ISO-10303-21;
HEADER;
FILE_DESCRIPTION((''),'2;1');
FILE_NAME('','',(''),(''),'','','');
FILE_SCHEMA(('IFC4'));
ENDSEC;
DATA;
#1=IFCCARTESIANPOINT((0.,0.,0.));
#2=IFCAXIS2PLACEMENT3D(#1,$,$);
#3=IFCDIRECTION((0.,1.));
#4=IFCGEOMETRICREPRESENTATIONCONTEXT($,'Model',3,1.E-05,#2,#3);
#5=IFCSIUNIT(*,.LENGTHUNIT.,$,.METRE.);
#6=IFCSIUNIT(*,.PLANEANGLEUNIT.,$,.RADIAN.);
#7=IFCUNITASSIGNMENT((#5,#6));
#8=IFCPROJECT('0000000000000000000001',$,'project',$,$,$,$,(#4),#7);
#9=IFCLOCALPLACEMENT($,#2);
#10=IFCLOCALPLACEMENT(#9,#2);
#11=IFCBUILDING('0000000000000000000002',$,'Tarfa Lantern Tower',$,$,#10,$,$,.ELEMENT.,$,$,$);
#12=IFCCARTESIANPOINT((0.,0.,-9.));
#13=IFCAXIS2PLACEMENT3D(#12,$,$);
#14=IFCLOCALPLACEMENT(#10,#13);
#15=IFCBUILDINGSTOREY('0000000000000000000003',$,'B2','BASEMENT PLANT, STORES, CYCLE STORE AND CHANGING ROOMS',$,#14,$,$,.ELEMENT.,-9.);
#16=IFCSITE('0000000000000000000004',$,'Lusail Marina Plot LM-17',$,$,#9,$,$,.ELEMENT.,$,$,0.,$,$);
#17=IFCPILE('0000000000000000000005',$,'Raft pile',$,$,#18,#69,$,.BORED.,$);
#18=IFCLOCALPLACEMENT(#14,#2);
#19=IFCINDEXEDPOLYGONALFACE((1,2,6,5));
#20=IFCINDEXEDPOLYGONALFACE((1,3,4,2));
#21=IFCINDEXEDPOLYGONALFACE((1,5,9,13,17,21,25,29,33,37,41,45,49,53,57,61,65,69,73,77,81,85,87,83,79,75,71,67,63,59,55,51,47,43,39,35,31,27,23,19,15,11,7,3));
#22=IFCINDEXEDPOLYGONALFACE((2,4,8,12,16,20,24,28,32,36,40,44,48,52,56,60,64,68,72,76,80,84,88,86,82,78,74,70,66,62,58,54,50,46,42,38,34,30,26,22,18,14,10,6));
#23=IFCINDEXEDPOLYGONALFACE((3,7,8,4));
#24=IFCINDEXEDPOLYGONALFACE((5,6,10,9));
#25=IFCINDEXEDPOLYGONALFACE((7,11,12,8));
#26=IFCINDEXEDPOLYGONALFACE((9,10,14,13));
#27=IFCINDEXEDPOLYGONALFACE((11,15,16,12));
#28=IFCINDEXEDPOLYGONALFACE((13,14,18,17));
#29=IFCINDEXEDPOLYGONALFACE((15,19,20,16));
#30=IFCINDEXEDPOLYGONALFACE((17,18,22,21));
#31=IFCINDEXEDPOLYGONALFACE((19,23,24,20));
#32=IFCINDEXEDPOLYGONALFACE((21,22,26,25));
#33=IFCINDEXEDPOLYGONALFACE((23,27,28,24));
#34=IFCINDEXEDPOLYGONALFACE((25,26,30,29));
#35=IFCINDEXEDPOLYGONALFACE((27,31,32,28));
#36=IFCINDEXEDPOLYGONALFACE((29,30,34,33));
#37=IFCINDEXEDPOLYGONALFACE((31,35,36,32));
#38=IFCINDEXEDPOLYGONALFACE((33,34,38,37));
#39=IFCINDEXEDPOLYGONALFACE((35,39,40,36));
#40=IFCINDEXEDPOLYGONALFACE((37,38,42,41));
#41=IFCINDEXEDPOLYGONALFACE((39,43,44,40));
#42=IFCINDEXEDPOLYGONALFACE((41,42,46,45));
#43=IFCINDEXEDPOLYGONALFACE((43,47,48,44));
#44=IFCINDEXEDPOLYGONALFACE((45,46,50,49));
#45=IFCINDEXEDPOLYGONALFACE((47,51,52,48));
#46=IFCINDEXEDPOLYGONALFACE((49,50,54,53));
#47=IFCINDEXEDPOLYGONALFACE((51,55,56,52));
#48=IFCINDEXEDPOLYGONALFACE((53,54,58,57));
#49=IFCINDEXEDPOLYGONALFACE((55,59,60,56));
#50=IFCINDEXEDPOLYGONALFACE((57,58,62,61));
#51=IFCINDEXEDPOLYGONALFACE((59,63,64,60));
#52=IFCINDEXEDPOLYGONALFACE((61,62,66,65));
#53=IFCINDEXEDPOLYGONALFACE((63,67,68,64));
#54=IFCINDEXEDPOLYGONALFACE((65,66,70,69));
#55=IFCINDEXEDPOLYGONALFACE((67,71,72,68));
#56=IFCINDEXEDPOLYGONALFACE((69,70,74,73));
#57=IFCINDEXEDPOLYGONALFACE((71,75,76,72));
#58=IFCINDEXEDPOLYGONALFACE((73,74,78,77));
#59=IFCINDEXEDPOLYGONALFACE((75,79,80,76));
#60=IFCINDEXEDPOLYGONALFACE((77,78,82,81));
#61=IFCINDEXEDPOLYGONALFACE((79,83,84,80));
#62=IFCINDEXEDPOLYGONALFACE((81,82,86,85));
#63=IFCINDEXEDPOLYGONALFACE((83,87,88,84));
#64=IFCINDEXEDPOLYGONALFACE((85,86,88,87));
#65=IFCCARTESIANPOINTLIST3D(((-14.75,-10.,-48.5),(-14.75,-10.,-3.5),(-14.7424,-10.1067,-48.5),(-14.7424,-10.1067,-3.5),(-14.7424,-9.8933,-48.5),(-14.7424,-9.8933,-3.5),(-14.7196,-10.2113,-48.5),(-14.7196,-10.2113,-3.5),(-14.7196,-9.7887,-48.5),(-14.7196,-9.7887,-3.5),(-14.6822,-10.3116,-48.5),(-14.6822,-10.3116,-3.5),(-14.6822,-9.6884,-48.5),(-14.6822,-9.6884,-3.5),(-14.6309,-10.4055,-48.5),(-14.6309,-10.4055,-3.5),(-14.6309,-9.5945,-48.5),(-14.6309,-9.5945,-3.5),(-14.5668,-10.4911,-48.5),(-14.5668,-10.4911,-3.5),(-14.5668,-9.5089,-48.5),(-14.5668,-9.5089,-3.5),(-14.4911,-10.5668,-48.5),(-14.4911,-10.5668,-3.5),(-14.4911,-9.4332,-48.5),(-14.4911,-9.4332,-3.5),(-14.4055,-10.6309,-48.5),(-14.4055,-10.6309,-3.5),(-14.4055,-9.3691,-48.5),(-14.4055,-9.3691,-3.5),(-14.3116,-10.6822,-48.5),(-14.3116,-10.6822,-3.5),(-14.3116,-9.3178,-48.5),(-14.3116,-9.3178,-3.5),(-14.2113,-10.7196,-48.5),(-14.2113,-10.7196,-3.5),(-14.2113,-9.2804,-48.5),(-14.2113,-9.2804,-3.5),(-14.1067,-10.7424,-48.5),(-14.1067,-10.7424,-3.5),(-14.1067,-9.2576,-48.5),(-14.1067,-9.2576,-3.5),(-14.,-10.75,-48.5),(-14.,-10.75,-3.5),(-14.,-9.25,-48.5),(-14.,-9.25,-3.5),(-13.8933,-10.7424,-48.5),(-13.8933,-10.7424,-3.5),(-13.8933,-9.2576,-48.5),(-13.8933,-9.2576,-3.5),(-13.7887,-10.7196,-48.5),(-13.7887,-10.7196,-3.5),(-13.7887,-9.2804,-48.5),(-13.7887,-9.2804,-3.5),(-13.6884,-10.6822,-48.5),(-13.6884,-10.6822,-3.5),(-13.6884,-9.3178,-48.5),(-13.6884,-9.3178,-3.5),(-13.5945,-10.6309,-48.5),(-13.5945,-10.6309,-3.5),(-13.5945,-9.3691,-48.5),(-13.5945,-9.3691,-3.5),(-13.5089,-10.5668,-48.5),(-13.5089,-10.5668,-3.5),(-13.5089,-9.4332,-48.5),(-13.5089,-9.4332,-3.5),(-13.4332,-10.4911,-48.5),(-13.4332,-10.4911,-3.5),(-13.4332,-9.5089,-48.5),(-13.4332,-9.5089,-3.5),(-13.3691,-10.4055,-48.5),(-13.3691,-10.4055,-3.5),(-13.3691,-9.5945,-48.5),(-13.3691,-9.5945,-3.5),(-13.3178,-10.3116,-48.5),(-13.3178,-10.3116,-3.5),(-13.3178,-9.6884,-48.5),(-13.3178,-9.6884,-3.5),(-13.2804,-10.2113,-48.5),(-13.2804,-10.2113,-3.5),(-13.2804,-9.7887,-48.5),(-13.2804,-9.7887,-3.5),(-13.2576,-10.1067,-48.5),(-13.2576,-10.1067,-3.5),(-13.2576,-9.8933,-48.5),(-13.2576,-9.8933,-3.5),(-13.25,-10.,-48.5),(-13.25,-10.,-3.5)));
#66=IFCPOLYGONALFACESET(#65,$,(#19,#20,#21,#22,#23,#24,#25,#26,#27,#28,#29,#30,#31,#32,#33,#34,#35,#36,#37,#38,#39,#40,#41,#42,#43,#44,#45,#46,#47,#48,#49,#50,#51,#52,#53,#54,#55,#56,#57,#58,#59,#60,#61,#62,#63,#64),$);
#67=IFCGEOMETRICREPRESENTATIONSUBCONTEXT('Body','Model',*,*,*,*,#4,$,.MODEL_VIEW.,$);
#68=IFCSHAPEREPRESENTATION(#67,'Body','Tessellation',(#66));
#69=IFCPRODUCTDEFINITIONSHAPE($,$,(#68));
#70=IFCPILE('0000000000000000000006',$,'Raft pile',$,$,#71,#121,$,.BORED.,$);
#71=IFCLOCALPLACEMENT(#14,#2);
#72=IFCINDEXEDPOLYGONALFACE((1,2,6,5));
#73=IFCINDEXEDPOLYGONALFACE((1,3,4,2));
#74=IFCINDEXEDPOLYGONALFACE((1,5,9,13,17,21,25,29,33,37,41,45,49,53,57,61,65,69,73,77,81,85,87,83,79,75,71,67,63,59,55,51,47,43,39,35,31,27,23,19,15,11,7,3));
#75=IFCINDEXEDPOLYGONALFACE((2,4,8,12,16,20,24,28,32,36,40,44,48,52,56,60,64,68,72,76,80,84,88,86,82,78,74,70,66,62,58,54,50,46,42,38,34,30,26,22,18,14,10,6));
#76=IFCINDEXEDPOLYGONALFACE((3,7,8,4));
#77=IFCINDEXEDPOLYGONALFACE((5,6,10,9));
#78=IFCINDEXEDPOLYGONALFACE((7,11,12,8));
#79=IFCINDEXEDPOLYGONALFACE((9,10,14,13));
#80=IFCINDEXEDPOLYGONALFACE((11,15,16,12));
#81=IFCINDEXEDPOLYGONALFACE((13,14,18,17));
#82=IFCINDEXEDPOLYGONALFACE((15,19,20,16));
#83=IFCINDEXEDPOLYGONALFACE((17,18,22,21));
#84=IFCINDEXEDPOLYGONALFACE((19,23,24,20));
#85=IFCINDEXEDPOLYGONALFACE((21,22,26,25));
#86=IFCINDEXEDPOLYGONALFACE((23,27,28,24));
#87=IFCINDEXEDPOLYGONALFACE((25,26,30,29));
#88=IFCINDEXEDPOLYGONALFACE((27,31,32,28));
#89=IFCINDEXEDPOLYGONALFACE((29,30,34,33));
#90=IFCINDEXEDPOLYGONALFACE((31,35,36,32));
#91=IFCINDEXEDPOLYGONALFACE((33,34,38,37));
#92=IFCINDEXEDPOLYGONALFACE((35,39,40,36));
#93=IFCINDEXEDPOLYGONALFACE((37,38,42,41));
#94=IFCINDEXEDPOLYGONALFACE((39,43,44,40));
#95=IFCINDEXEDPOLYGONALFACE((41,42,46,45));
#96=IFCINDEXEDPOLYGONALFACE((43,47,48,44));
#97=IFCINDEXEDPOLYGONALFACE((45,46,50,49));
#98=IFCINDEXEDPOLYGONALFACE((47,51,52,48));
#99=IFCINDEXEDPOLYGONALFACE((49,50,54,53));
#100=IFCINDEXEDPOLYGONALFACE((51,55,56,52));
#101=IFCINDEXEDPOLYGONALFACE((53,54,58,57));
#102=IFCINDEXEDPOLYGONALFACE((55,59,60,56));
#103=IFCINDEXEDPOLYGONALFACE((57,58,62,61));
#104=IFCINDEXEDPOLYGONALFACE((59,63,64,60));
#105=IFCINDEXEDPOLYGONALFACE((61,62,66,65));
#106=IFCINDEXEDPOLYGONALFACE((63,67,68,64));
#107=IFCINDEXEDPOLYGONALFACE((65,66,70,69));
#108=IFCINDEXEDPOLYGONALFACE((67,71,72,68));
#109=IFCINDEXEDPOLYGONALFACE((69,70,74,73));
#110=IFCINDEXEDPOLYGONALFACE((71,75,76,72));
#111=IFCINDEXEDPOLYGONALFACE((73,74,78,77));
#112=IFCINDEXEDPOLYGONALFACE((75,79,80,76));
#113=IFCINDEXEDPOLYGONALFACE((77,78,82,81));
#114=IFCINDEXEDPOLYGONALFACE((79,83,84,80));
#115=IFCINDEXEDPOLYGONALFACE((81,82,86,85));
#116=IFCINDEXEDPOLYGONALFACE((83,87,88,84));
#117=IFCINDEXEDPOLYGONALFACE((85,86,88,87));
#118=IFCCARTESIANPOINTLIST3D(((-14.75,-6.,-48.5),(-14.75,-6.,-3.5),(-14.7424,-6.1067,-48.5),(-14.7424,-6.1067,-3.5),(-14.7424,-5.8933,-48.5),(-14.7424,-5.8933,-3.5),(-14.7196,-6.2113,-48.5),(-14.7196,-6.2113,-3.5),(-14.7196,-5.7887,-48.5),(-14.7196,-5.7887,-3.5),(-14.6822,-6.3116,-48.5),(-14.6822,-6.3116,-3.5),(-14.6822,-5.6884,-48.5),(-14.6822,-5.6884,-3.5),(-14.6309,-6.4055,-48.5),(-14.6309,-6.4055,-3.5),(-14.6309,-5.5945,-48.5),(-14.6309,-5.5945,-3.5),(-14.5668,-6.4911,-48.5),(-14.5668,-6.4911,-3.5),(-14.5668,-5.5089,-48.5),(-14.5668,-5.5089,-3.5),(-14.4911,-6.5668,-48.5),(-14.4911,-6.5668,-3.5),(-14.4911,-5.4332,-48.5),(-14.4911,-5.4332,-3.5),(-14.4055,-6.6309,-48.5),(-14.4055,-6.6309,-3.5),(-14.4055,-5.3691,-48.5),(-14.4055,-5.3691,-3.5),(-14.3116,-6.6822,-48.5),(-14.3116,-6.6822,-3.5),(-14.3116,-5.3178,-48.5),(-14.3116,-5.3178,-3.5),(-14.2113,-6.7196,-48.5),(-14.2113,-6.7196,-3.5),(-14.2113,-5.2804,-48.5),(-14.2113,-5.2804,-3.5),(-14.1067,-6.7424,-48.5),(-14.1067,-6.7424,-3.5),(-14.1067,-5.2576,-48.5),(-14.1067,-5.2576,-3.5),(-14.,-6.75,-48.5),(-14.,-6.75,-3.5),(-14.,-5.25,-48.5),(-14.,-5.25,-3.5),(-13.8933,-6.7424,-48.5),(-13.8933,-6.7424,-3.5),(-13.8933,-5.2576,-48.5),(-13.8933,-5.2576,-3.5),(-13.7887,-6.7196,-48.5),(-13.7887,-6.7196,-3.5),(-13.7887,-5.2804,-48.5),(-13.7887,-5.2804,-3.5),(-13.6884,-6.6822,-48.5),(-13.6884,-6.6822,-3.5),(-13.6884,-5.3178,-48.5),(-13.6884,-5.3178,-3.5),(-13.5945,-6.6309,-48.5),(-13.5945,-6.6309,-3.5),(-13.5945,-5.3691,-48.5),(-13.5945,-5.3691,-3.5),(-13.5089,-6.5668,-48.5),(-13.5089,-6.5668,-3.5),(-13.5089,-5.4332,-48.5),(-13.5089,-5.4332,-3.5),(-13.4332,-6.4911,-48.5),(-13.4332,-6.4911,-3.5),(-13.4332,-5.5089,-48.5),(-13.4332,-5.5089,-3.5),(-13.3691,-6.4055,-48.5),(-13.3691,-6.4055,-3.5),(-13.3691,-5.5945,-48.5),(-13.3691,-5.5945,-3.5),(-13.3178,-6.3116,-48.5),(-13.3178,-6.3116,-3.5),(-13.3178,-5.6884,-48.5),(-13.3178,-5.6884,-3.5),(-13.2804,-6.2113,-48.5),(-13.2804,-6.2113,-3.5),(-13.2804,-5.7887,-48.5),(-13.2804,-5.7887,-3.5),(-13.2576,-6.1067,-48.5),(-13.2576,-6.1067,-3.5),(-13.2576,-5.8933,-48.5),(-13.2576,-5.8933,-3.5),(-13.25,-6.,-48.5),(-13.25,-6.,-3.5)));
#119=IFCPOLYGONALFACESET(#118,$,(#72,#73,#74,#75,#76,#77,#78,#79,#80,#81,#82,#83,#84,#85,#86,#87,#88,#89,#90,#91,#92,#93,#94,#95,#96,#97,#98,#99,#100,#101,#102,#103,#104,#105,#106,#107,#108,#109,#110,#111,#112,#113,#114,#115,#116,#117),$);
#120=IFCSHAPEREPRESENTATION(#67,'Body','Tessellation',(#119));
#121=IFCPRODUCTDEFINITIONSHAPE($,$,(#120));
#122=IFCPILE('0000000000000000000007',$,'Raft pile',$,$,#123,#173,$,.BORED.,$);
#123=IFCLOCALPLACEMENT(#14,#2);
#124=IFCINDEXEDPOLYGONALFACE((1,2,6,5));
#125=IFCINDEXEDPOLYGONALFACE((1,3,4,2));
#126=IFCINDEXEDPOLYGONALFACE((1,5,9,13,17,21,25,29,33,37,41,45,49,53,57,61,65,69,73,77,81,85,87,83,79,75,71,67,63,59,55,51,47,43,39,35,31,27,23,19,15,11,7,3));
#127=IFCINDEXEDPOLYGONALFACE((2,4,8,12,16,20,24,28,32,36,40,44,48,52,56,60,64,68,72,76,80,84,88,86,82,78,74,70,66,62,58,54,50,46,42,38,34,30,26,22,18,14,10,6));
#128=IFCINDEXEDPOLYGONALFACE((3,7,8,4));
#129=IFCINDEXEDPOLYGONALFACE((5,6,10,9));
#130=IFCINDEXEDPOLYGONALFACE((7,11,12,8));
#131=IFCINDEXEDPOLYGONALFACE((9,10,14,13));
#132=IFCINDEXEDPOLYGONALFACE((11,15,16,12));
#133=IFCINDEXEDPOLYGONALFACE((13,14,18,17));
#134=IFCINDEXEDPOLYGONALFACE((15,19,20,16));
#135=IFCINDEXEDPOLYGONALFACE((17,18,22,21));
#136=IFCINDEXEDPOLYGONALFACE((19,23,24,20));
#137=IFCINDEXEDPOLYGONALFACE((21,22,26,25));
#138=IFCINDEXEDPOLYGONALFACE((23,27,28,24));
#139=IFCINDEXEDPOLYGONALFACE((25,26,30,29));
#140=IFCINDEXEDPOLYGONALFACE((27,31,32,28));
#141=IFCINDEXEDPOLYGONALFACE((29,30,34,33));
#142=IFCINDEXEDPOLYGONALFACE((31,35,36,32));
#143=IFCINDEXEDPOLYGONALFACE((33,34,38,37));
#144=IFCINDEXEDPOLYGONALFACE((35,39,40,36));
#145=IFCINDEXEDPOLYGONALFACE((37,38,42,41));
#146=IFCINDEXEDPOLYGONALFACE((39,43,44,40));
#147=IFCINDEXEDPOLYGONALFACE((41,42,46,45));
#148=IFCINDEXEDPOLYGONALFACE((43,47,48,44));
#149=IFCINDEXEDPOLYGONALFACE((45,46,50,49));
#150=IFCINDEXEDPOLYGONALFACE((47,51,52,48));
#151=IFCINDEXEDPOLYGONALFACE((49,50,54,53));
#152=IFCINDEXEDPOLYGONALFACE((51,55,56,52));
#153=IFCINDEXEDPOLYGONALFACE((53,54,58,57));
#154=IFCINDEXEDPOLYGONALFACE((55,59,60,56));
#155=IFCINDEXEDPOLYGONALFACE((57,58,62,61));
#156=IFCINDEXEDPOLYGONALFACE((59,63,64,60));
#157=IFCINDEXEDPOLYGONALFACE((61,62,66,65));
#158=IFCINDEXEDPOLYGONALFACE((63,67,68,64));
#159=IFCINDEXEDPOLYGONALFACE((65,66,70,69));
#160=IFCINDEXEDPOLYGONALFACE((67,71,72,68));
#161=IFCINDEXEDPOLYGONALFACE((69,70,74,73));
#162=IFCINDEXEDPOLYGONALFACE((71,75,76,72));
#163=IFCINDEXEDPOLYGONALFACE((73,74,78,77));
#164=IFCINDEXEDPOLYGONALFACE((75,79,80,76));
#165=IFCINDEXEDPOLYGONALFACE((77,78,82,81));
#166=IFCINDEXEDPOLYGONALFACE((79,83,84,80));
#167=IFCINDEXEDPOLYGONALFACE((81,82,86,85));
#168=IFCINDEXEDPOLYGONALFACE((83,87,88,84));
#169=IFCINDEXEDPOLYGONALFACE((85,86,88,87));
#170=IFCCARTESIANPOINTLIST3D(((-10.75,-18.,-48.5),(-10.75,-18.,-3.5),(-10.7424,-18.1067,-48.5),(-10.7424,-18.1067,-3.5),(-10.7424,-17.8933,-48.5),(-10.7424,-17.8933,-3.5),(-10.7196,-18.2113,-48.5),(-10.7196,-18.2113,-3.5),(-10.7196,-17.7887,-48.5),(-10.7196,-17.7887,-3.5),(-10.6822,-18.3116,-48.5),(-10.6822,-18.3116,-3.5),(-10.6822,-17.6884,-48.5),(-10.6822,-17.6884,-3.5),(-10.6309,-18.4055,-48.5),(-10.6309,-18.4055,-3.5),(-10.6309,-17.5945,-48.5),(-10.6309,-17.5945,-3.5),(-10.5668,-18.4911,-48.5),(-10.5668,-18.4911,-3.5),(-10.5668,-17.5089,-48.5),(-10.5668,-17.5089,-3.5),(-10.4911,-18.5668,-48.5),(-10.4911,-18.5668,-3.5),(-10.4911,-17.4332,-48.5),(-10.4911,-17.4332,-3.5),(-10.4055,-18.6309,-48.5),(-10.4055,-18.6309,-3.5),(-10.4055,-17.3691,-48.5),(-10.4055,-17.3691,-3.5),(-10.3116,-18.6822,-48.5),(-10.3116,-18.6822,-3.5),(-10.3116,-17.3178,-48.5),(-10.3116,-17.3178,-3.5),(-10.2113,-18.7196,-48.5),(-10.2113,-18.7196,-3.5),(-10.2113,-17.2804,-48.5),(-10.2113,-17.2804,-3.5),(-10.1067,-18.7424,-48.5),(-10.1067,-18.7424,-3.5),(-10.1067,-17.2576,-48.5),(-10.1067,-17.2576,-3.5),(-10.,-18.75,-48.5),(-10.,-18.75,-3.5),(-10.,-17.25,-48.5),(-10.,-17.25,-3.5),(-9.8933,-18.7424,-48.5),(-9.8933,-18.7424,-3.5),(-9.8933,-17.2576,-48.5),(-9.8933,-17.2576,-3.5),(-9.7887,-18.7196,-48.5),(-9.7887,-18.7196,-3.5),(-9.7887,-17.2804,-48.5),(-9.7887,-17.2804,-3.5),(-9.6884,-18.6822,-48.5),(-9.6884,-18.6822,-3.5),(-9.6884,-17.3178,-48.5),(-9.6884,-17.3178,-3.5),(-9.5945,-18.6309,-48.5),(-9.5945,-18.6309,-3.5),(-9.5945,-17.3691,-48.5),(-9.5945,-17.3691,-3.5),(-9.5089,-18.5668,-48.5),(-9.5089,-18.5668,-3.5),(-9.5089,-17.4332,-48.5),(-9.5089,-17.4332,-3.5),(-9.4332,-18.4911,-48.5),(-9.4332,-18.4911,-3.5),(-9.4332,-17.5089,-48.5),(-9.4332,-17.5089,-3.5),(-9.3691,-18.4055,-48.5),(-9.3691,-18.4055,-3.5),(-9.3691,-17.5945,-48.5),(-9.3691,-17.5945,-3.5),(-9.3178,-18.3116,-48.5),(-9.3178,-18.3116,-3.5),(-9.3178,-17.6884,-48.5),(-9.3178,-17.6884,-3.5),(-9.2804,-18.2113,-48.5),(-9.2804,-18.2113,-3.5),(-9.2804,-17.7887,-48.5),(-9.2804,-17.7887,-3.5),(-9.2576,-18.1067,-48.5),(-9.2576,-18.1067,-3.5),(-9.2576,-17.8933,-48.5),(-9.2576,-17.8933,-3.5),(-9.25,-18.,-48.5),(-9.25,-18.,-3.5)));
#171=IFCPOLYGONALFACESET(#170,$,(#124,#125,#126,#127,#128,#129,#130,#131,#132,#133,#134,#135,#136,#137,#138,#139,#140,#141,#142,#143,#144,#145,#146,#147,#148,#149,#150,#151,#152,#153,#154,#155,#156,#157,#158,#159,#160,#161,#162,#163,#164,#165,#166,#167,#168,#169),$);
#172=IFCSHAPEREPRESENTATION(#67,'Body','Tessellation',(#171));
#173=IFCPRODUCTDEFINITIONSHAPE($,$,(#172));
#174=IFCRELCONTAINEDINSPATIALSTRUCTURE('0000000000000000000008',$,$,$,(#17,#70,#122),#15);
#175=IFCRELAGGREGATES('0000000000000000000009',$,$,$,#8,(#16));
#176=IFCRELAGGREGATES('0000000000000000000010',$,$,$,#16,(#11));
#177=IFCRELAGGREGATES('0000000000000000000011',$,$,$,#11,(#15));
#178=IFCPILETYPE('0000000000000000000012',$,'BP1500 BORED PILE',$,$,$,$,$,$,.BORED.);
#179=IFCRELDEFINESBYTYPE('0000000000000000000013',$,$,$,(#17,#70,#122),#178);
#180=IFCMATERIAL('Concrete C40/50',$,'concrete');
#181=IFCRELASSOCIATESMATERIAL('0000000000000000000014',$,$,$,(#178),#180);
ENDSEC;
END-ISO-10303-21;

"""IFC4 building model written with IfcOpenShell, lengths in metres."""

from ifc_helpers import new_model, si_unit, direction, frame, origin, origin_2d, place, context, subcontext, project, spatial, circle, extrude, material, material_profile, profile_set, type_object, element, save


model = new_model("IFC4")

# Units and contexts
model_context = context("Model", 3, precision=1e-05, world=origin(), true_north=direction((0.0, 1.0)))
body_context = subcontext(model_context, "Body", "Model", "MODEL_VIEW")
ifc_project = project(units=[si_unit("LENGTHUNIT", "METRE"), si_unit("PLANEANGLEUNIT", "RADIAN")], contexts=[model_context])

# Site, building, storey
site_placement = place(None, origin())
site = spatial("IfcSite", under=ifc_project, at=site_placement, Name="Lusail Marina Plot LM-17", CompositionType="ELEMENT", RefElevation=0.0)
building_placement = place(site_placement, origin())
building = spatial("IfcBuilding", under=site, at=building_placement, Name="Tarfa Lantern Tower", CompositionType="ELEMENT")
storey_placement = place(building_placement, frame((0.0, 0.0, -9.0)))
storey = spatial("IfcBuildingStorey", under=building, at=storey_placement, Name="B2", Description="BASEMENT PLANT, STORES, CYCLE STORE AND CHANGING ROOMS", CompositionType="ELEMENT", Elevation=-9.0)

# Piles
ifc_material_1 = material(Name="Concrete C40/50", Category="concrete")
ifc_material_profile = material_profile(ifc_material_1, circle(Radius=0.75, at=origin_2d()), Name="BORED PILE D1500")
ifc_profile_set = profile_set([ifc_material_profile], Name="Concrete C40/50")
pile_type = type_object("IfcPileType", Name="BP1500 BORED PILE", PredefinedType="BORED", material=ifc_profile_set)
for number, where, z_axis, x_axis, name in (
    (1, (-14.0, -10.0, -3.5), (0.0, 0.0, -1.0), (1.0, 0.0, 0.0), "Raft pile"),
    (2, (-14.0, -6.0, -3.5), (0.0, 0.0, -1.0), (1.0, 0.0, 0.0), "Raft pile"),
    (3, (-10.0, -18.0, -3.5), (0.0, 0.0, -1.0), (1.0, 0.0, 0.0), "Raft pile"),
):
    element("IfcPile", number, at=place(storey_placement, frame(where, z_axis=z_axis, x_axis=x_axis)), inside=storey, type_object=pile_type, Name=name, PredefinedType="BORED", context=body_context, shape_type="SweptSolid", body=[
        extrude(circle(Radius=0.75, at=origin_2d()), origin(), (0.0, 0.0, 1.0), 45.0),
    ])

save(model, "model.ifc")
